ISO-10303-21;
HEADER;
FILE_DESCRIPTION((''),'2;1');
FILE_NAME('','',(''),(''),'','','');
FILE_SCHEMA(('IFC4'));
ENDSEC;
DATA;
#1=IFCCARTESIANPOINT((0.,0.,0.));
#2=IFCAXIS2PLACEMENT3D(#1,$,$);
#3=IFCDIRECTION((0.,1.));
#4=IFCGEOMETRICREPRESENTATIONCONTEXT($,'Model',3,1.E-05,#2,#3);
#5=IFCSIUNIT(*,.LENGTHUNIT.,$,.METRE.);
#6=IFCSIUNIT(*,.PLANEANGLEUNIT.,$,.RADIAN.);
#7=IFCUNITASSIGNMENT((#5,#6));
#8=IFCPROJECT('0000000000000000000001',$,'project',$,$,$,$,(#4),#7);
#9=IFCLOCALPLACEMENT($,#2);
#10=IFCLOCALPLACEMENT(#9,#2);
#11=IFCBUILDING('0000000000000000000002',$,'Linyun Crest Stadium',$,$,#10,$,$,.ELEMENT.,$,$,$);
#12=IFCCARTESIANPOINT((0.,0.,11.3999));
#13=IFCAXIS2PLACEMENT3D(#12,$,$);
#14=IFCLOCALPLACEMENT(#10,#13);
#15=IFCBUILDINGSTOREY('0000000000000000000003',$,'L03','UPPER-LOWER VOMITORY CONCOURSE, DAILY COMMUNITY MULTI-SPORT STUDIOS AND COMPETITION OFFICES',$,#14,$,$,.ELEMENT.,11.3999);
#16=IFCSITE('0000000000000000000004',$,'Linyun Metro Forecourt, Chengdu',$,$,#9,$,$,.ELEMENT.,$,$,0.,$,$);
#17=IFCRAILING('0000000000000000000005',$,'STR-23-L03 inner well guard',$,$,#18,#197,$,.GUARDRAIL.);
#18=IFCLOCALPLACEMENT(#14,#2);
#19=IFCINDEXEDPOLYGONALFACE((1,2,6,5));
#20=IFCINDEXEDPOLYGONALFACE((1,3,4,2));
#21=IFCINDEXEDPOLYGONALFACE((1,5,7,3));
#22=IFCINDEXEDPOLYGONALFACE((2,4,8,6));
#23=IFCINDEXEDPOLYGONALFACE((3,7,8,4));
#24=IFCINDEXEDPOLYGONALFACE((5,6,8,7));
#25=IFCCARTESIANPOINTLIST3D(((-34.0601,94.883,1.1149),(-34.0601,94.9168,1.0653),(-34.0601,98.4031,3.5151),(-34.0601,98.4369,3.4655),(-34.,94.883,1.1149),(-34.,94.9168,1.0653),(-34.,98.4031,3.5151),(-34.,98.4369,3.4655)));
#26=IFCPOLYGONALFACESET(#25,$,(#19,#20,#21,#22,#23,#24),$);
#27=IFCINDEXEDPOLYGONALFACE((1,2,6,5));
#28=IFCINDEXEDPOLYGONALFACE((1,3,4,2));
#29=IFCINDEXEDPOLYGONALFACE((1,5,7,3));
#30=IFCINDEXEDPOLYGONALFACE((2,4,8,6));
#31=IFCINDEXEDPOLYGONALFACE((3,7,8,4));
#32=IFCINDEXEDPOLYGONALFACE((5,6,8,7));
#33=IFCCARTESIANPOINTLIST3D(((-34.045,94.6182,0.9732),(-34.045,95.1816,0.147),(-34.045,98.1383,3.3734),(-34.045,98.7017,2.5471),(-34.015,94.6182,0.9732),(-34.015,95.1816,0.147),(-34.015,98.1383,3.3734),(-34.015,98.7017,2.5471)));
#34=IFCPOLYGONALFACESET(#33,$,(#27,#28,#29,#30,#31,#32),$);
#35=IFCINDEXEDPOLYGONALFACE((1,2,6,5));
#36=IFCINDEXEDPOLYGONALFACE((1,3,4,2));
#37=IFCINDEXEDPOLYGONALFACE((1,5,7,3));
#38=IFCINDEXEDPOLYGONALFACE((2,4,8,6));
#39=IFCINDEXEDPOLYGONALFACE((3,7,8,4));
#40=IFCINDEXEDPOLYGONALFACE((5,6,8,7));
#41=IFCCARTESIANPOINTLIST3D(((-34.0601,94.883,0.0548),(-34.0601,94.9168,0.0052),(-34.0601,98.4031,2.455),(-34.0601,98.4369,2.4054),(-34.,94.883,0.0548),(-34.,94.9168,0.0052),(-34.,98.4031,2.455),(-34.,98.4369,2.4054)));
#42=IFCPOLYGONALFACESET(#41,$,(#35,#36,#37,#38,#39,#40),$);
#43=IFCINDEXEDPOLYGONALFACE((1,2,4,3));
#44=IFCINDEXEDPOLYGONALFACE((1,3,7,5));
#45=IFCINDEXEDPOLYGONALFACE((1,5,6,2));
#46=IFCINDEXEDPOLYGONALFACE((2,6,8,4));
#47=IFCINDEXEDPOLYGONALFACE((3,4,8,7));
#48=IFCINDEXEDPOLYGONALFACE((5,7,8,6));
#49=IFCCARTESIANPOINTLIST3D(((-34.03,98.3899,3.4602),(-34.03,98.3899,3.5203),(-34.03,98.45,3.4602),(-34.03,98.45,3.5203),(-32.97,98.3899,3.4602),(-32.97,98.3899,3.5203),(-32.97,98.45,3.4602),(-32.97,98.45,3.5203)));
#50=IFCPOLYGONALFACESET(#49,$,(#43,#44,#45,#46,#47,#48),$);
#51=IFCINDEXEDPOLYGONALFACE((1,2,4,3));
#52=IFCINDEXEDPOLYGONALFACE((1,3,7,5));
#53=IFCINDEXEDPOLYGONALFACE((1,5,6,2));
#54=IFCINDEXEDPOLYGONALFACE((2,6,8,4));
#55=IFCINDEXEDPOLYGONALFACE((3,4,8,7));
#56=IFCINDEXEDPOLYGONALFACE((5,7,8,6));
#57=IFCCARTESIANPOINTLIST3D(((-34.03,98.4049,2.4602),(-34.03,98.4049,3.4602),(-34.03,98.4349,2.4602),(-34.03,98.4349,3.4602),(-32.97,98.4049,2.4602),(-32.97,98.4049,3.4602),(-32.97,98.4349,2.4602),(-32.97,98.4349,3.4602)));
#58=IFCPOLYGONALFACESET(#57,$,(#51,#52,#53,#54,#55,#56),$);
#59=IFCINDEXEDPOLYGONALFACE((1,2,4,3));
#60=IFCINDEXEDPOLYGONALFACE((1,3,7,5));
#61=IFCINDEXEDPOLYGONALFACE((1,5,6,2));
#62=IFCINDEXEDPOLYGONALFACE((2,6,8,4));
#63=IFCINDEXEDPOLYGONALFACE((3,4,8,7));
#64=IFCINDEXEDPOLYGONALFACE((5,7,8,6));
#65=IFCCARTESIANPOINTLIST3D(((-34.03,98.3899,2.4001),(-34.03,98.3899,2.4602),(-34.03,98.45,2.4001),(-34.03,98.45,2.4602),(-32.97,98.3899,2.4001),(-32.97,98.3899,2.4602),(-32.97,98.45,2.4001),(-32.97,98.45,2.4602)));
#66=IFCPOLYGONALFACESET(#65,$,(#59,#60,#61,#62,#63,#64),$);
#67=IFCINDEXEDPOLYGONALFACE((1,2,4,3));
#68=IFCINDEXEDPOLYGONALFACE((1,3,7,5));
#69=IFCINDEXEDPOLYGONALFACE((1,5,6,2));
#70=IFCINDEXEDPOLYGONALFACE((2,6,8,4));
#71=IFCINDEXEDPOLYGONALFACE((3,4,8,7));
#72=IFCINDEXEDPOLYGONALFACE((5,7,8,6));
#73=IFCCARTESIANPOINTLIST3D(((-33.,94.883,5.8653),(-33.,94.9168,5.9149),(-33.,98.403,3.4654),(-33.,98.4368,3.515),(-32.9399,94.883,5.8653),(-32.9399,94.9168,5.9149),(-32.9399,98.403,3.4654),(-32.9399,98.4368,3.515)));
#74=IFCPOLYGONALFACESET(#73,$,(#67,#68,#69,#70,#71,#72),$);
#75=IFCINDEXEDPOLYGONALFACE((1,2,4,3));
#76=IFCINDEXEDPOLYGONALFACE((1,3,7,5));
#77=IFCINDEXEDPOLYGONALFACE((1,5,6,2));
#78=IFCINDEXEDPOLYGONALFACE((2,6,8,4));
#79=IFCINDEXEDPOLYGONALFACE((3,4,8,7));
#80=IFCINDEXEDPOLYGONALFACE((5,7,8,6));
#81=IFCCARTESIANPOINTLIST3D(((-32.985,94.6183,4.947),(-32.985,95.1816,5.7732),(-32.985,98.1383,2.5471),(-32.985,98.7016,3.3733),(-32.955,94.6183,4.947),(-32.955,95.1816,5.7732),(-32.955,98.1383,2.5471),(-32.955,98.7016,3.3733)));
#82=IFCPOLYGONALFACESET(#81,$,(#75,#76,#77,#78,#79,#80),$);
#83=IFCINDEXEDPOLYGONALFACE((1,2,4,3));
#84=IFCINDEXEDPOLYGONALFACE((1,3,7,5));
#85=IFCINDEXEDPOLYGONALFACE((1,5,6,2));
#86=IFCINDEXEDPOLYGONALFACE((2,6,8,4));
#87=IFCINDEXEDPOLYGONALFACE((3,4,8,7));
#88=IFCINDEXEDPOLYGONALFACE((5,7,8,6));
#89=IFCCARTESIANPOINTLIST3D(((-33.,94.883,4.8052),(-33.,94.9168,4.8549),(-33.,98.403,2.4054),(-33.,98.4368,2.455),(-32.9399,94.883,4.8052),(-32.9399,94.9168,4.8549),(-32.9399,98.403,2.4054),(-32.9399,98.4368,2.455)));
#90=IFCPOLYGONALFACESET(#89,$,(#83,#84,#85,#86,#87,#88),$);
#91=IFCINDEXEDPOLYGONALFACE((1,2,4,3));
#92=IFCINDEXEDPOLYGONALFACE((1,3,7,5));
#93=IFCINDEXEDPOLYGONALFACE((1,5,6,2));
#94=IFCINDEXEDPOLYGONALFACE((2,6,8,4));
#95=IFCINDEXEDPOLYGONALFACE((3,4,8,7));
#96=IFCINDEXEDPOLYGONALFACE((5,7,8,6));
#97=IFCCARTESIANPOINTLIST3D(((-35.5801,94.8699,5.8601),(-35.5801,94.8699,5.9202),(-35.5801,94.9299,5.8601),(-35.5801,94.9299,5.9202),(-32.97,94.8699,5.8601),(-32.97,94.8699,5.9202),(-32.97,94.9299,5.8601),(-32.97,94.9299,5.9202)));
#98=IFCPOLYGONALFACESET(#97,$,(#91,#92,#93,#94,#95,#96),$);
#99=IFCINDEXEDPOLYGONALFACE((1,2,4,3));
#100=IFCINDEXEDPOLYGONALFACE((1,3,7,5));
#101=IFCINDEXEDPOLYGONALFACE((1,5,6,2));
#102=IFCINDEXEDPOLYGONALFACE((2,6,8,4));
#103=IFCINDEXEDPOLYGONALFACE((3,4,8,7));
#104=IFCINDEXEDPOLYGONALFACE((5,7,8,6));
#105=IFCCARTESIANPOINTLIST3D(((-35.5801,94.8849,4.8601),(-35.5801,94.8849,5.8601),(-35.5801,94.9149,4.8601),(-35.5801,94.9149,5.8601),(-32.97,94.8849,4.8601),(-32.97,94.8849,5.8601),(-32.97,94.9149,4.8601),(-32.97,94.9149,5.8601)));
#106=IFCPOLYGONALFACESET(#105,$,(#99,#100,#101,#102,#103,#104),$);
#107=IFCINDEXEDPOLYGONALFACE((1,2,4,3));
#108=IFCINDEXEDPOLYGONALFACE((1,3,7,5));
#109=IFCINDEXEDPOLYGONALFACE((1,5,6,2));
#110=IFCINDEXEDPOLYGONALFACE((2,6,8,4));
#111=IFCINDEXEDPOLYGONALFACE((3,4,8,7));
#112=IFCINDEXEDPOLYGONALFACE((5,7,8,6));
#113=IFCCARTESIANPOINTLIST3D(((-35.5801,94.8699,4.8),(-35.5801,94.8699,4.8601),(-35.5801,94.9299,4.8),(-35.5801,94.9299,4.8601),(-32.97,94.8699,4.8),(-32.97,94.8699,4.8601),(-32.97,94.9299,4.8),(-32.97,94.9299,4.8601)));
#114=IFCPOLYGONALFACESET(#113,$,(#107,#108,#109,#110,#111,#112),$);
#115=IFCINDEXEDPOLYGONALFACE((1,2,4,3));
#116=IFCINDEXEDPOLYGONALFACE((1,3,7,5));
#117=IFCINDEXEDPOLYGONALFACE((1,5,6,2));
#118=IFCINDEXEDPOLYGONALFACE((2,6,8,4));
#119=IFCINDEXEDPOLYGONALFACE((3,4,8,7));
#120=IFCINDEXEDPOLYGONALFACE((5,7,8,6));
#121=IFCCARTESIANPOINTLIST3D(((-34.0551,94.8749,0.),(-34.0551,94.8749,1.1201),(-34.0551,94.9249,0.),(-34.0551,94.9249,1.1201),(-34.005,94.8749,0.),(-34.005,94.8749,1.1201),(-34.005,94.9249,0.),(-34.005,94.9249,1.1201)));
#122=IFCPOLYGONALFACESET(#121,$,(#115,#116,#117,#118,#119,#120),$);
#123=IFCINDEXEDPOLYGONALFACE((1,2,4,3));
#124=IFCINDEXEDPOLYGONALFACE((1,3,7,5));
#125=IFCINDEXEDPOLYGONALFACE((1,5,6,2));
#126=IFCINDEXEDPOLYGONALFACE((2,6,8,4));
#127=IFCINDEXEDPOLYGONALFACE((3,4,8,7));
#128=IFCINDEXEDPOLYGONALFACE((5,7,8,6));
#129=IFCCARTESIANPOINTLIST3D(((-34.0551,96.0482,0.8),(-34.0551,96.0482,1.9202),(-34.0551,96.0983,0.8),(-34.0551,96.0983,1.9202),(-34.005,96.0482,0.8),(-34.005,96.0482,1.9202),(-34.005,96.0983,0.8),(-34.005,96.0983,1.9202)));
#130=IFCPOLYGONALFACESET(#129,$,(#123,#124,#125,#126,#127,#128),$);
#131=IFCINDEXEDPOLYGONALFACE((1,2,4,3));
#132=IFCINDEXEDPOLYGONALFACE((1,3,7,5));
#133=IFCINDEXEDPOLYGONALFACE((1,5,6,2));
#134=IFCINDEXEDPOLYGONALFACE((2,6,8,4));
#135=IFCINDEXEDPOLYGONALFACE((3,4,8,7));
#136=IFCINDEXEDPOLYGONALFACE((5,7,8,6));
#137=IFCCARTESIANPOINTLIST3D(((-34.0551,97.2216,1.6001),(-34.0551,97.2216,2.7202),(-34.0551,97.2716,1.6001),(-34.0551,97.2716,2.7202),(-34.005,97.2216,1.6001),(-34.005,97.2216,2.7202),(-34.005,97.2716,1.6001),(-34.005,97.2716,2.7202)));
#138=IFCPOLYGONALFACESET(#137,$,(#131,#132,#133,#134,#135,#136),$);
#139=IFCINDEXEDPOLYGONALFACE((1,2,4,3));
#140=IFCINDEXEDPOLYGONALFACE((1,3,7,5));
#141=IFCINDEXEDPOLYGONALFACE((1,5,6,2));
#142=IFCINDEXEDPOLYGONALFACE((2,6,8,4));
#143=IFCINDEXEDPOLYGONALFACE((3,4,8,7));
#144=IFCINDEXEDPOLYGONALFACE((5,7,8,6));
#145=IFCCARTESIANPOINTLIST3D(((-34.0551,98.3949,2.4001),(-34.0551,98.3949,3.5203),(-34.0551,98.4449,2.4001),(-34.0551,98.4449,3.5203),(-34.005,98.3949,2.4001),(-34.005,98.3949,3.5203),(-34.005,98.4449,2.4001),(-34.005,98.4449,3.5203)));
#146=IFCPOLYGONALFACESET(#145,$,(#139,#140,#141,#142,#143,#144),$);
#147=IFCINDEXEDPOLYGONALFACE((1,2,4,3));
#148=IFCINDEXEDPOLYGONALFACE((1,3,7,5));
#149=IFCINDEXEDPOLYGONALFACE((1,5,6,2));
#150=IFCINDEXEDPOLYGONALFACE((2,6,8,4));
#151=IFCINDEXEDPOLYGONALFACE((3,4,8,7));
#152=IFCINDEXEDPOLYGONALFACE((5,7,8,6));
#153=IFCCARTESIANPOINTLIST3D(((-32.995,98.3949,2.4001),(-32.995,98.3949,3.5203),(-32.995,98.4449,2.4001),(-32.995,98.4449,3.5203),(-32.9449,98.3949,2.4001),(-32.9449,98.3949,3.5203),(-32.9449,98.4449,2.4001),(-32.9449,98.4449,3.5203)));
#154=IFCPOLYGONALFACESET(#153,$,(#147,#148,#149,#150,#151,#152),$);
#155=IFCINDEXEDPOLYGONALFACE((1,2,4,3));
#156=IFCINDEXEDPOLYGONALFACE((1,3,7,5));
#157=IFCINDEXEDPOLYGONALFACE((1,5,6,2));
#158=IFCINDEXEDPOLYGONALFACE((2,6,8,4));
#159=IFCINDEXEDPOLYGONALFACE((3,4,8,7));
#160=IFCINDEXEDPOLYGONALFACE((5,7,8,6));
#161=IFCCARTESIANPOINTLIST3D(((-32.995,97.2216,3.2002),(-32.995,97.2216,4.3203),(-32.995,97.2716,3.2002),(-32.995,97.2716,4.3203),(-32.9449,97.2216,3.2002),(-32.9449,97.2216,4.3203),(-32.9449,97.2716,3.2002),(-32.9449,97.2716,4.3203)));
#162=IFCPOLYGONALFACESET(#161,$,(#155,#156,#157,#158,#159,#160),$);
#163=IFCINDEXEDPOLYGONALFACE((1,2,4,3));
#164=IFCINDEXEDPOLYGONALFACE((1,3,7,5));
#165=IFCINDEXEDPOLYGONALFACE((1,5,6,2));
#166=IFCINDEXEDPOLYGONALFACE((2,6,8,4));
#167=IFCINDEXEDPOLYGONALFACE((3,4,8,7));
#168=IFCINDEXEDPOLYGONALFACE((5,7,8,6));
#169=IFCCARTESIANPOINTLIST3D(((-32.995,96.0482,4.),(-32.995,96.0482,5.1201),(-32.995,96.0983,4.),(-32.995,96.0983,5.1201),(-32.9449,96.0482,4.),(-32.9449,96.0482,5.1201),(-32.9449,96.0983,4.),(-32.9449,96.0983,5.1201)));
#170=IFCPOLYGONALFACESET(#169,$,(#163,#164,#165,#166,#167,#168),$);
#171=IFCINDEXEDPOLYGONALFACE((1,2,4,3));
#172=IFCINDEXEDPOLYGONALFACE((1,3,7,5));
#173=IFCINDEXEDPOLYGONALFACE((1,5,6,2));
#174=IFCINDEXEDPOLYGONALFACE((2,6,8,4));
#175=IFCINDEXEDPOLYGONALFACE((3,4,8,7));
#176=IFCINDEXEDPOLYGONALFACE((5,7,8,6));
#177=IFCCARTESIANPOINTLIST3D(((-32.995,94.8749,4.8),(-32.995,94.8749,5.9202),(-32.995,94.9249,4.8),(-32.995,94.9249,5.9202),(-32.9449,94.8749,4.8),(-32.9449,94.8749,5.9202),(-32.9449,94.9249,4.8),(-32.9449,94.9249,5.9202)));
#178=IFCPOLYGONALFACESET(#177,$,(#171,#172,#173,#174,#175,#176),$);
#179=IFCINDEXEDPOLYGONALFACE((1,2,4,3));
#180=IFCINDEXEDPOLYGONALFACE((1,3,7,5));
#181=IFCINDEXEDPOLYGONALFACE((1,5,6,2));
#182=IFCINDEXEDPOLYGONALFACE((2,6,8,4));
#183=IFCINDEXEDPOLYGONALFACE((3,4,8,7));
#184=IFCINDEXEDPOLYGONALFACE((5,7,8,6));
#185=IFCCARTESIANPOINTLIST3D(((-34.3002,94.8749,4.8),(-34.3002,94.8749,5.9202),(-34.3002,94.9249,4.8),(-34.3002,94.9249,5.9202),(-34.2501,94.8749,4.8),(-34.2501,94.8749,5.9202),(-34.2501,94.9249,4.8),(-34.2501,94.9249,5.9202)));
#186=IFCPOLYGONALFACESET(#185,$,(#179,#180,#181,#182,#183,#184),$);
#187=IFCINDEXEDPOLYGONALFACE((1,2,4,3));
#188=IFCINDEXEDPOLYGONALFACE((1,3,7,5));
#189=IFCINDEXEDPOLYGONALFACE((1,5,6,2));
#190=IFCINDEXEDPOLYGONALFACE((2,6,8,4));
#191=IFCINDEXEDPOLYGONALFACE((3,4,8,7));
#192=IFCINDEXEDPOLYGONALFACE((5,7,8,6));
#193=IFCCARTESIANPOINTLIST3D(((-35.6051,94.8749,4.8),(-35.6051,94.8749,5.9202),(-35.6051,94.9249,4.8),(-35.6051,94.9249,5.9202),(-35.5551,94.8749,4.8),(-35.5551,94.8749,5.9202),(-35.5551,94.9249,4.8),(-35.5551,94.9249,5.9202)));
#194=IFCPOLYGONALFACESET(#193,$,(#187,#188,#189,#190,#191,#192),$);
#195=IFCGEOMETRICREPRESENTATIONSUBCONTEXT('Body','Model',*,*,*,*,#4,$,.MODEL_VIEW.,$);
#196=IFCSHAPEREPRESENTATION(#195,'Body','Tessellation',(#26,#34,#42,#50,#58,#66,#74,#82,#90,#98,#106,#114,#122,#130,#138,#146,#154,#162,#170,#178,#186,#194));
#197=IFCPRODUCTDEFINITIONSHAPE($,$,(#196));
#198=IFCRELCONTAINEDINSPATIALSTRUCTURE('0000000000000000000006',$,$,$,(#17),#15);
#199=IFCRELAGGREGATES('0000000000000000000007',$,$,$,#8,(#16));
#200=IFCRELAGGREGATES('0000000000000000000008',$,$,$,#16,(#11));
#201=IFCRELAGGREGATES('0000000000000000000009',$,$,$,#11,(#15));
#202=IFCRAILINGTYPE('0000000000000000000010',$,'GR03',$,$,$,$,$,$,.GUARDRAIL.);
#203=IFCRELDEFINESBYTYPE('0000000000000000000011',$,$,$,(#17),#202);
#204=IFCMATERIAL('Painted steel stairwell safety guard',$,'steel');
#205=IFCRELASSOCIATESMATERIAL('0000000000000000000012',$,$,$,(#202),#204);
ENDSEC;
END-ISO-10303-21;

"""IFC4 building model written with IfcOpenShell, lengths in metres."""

from ifc_helpers import new_model, si_unit, direction, frame, origin, origin_2d, place, context, subcontext, project, spatial, rectangle, extrude, material, type_object, element, save


model = new_model("IFC4")

# Units and contexts
model_context = context("Model", 3, precision=1e-05, world=origin(), true_north=direction((0.0, 1.0)))
body_context = subcontext(model_context, "Body", "Model", "MODEL_VIEW")
ifc_project = project(units=[si_unit("LENGTHUNIT", "METRE"), si_unit("PLANEANGLEUNIT", "RADIAN")], contexts=[model_context])

# Site, building, storey
site_placement = place(None, origin())
site = spatial("IfcSite", under=ifc_project, at=site_placement, Name="Linyun Metro Forecourt, Chengdu", CompositionType="ELEMENT", RefElevation=0.0)
building_placement = place(site_placement, origin())
building = spatial("IfcBuilding", under=site, at=building_placement, Name="Linyun Crest Stadium", CompositionType="ELEMENT")
storey_placement = place(building_placement, frame((0.0, 0.0, 11.3999)))
storey = spatial("IfcBuildingStorey", under=building, at=storey_placement, Name="L03", Description="UPPER-LOWER VOMITORY CONCOURSE, DAILY COMMUNITY MULTI-SPORT STUDIOS AND COMPETITION OFFICES", CompositionType="ELEMENT", Elevation=11.3999)

# Railing
ifc_material_1 = material(Name="Painted steel stairwell safety guard", Category="steel")
railing_type_1 = type_object("IfcRailingType", Name="GR03", PredefinedType="GUARDRAIL", material=ifc_material_1)
railing_1_placement = place(storey_placement, frame((-34.03, 94.8999, 0.0)))
element("IfcRailing", 1, at=railing_1_placement, inside=storey, type_object=railing_type_1, Name="STR-23-L03 inner well guard", PredefinedType="GUARDRAIL", context=body_context, shape_type="SweptSolid", body=[
    extrude(rectangle(XDim=0.0601, YDim=0.0601, at=origin_2d()), frame((0.0, 0.0, 1.0901), z_axis=(0.0, 0.826213, 0.563358), x_axis=(-1.0, 0.0, 0.0)), (0.0, 0.0, 1.0), 4.2605),
    extrude(rectangle(XDim=0.03, YDim=1.0, at=origin_2d()), frame((0.0, 0.0, 0.5601), z_axis=(0.0, 0.826213, 0.563358), x_axis=(-1.0, 0.0, 0.0)), (0.0, 0.0, 1.0), 4.2605),
    extrude(rectangle(XDim=0.0601, YDim=0.0601, at=origin_2d()), frame((0.0, 0.0, 0.03), z_axis=(0.0, 0.826213, 0.563358), x_axis=(-1.0, 0.0, 0.0)), (0.0, 0.0, 1.0), 4.2605),
    extrude(rectangle(XDim=0.0601, YDim=0.0601, at=origin_2d()), frame((0.0, 3.52, 3.4902), z_axis=(1.0, 0.0, 0.0), x_axis=(0.0, 1.0, 0.0)), (0.0, 0.0, 1.0), 1.0601),
    extrude(rectangle(XDim=0.03, YDim=1.0, at=origin_2d()), frame((0.0, 3.52, 2.9602), z_axis=(1.0, 0.0, 0.0), x_axis=(0.0, 1.0, 0.0)), (0.0, 0.0, 1.0), 1.0601),
    extrude(rectangle(XDim=0.0601, YDim=0.0601, at=origin_2d()), frame((0.0, 3.52, 2.4302), z_axis=(1.0, 0.0, 0.0), x_axis=(0.0, 1.0, 0.0)), (0.0, 0.0, 1.0), 1.0601),
    extrude(rectangle(XDim=0.0601, YDim=0.0601, at=origin_2d()), frame((1.0601, 3.52, 3.4902), z_axis=(0.0, -0.826239, 0.563319), x_axis=(1.0, 0.0, 0.0)), (0.0, 0.0, 1.0), 4.2603),
    extrude(rectangle(XDim=0.03, YDim=1.0, at=origin_2d()), frame((1.0601, 3.52, 2.9602), z_axis=(0.0, -0.826239, 0.563319), x_axis=(1.0, 0.0, 0.0)), (0.0, 0.0, 1.0), 4.2603),
    extrude(rectangle(XDim=0.0601, YDim=0.0601, at=origin_2d()), frame((1.0601, 3.52, 2.4302), z_axis=(0.0, -0.826239, 0.563319), x_axis=(1.0, 0.0, 0.0)), (0.0, 0.0, 1.0), 4.2603),
    extrude(rectangle(XDim=0.0601, YDim=0.0601, at=origin_2d()), frame((1.0601, 0.0, 5.8901), z_axis=(-1.0, 0.0, 0.0), x_axis=(0.0, -1.0, 0.0)), (0.0, 0.0, 1.0), 2.6101),
    extrude(rectangle(XDim=0.03, YDim=1.0, at=origin_2d()), frame((1.0601, 0.0, 5.3601), z_axis=(-1.0, 0.0, 0.0), x_axis=(0.0, -1.0, 0.0)), (0.0, 0.0, 1.0), 2.6101),
    extrude(rectangle(XDim=0.0601, YDim=0.0601, at=origin_2d()), frame((1.0601, 0.0, 4.8301), z_axis=(-1.0, 0.0, 0.0), x_axis=(0.0, -1.0, 0.0)), (0.0, 0.0, 1.0), 2.6101),
    extrude(rectangle(XDim=0.05, YDim=0.05, at=origin_2d()), origin(), (0.0, 0.0, 1.0), 1.1201),
    extrude(rectangle(XDim=0.05, YDim=0.05, at=origin_2d()), frame((0.0, 1.1733, 0.8)), (0.0, 0.0, 1.0), 1.1201),
    extrude(rectangle(XDim=0.05, YDim=0.05, at=origin_2d()), frame((0.0, 2.3467, 1.6001)), (0.0, 0.0, 1.0), 1.1201),
    extrude(rectangle(XDim=0.05, YDim=0.05, at=origin_2d()), frame((0.0, 3.52, 2.4001)), (0.0, 0.0, 1.0), 1.1201),
    extrude(rectangle(XDim=0.05, YDim=0.05, at=origin_2d()), frame((1.0601, 3.52, 2.4001)), (0.0, 0.0, 1.0), 1.1201),
    extrude(rectangle(XDim=0.05, YDim=0.05, at=origin_2d()), frame((1.0601, 2.3467, 3.2002)), (0.0, 0.0, 1.0), 1.1201),
    extrude(rectangle(XDim=0.05, YDim=0.05, at=origin_2d()), frame((1.0601, 1.1733, 4.0)), (0.0, 0.0, 1.0), 1.1201),
    extrude(rectangle(XDim=0.05, YDim=0.05, at=origin_2d()), frame((1.0601, 0.0, 4.8)), (0.0, 0.0, 1.0), 1.1201),
    extrude(rectangle(XDim=0.05, YDim=0.05, at=origin_2d()), frame((-0.2451, 0.0, 4.8)), (0.0, 0.0, 1.0), 1.1201),
    extrude(rectangle(XDim=0.05, YDim=0.05, at=origin_2d()), frame((-1.55, 0.0, 4.8)), (0.0, 0.0, 1.0), 1.1201),
])

save(model, "model.ifc")
